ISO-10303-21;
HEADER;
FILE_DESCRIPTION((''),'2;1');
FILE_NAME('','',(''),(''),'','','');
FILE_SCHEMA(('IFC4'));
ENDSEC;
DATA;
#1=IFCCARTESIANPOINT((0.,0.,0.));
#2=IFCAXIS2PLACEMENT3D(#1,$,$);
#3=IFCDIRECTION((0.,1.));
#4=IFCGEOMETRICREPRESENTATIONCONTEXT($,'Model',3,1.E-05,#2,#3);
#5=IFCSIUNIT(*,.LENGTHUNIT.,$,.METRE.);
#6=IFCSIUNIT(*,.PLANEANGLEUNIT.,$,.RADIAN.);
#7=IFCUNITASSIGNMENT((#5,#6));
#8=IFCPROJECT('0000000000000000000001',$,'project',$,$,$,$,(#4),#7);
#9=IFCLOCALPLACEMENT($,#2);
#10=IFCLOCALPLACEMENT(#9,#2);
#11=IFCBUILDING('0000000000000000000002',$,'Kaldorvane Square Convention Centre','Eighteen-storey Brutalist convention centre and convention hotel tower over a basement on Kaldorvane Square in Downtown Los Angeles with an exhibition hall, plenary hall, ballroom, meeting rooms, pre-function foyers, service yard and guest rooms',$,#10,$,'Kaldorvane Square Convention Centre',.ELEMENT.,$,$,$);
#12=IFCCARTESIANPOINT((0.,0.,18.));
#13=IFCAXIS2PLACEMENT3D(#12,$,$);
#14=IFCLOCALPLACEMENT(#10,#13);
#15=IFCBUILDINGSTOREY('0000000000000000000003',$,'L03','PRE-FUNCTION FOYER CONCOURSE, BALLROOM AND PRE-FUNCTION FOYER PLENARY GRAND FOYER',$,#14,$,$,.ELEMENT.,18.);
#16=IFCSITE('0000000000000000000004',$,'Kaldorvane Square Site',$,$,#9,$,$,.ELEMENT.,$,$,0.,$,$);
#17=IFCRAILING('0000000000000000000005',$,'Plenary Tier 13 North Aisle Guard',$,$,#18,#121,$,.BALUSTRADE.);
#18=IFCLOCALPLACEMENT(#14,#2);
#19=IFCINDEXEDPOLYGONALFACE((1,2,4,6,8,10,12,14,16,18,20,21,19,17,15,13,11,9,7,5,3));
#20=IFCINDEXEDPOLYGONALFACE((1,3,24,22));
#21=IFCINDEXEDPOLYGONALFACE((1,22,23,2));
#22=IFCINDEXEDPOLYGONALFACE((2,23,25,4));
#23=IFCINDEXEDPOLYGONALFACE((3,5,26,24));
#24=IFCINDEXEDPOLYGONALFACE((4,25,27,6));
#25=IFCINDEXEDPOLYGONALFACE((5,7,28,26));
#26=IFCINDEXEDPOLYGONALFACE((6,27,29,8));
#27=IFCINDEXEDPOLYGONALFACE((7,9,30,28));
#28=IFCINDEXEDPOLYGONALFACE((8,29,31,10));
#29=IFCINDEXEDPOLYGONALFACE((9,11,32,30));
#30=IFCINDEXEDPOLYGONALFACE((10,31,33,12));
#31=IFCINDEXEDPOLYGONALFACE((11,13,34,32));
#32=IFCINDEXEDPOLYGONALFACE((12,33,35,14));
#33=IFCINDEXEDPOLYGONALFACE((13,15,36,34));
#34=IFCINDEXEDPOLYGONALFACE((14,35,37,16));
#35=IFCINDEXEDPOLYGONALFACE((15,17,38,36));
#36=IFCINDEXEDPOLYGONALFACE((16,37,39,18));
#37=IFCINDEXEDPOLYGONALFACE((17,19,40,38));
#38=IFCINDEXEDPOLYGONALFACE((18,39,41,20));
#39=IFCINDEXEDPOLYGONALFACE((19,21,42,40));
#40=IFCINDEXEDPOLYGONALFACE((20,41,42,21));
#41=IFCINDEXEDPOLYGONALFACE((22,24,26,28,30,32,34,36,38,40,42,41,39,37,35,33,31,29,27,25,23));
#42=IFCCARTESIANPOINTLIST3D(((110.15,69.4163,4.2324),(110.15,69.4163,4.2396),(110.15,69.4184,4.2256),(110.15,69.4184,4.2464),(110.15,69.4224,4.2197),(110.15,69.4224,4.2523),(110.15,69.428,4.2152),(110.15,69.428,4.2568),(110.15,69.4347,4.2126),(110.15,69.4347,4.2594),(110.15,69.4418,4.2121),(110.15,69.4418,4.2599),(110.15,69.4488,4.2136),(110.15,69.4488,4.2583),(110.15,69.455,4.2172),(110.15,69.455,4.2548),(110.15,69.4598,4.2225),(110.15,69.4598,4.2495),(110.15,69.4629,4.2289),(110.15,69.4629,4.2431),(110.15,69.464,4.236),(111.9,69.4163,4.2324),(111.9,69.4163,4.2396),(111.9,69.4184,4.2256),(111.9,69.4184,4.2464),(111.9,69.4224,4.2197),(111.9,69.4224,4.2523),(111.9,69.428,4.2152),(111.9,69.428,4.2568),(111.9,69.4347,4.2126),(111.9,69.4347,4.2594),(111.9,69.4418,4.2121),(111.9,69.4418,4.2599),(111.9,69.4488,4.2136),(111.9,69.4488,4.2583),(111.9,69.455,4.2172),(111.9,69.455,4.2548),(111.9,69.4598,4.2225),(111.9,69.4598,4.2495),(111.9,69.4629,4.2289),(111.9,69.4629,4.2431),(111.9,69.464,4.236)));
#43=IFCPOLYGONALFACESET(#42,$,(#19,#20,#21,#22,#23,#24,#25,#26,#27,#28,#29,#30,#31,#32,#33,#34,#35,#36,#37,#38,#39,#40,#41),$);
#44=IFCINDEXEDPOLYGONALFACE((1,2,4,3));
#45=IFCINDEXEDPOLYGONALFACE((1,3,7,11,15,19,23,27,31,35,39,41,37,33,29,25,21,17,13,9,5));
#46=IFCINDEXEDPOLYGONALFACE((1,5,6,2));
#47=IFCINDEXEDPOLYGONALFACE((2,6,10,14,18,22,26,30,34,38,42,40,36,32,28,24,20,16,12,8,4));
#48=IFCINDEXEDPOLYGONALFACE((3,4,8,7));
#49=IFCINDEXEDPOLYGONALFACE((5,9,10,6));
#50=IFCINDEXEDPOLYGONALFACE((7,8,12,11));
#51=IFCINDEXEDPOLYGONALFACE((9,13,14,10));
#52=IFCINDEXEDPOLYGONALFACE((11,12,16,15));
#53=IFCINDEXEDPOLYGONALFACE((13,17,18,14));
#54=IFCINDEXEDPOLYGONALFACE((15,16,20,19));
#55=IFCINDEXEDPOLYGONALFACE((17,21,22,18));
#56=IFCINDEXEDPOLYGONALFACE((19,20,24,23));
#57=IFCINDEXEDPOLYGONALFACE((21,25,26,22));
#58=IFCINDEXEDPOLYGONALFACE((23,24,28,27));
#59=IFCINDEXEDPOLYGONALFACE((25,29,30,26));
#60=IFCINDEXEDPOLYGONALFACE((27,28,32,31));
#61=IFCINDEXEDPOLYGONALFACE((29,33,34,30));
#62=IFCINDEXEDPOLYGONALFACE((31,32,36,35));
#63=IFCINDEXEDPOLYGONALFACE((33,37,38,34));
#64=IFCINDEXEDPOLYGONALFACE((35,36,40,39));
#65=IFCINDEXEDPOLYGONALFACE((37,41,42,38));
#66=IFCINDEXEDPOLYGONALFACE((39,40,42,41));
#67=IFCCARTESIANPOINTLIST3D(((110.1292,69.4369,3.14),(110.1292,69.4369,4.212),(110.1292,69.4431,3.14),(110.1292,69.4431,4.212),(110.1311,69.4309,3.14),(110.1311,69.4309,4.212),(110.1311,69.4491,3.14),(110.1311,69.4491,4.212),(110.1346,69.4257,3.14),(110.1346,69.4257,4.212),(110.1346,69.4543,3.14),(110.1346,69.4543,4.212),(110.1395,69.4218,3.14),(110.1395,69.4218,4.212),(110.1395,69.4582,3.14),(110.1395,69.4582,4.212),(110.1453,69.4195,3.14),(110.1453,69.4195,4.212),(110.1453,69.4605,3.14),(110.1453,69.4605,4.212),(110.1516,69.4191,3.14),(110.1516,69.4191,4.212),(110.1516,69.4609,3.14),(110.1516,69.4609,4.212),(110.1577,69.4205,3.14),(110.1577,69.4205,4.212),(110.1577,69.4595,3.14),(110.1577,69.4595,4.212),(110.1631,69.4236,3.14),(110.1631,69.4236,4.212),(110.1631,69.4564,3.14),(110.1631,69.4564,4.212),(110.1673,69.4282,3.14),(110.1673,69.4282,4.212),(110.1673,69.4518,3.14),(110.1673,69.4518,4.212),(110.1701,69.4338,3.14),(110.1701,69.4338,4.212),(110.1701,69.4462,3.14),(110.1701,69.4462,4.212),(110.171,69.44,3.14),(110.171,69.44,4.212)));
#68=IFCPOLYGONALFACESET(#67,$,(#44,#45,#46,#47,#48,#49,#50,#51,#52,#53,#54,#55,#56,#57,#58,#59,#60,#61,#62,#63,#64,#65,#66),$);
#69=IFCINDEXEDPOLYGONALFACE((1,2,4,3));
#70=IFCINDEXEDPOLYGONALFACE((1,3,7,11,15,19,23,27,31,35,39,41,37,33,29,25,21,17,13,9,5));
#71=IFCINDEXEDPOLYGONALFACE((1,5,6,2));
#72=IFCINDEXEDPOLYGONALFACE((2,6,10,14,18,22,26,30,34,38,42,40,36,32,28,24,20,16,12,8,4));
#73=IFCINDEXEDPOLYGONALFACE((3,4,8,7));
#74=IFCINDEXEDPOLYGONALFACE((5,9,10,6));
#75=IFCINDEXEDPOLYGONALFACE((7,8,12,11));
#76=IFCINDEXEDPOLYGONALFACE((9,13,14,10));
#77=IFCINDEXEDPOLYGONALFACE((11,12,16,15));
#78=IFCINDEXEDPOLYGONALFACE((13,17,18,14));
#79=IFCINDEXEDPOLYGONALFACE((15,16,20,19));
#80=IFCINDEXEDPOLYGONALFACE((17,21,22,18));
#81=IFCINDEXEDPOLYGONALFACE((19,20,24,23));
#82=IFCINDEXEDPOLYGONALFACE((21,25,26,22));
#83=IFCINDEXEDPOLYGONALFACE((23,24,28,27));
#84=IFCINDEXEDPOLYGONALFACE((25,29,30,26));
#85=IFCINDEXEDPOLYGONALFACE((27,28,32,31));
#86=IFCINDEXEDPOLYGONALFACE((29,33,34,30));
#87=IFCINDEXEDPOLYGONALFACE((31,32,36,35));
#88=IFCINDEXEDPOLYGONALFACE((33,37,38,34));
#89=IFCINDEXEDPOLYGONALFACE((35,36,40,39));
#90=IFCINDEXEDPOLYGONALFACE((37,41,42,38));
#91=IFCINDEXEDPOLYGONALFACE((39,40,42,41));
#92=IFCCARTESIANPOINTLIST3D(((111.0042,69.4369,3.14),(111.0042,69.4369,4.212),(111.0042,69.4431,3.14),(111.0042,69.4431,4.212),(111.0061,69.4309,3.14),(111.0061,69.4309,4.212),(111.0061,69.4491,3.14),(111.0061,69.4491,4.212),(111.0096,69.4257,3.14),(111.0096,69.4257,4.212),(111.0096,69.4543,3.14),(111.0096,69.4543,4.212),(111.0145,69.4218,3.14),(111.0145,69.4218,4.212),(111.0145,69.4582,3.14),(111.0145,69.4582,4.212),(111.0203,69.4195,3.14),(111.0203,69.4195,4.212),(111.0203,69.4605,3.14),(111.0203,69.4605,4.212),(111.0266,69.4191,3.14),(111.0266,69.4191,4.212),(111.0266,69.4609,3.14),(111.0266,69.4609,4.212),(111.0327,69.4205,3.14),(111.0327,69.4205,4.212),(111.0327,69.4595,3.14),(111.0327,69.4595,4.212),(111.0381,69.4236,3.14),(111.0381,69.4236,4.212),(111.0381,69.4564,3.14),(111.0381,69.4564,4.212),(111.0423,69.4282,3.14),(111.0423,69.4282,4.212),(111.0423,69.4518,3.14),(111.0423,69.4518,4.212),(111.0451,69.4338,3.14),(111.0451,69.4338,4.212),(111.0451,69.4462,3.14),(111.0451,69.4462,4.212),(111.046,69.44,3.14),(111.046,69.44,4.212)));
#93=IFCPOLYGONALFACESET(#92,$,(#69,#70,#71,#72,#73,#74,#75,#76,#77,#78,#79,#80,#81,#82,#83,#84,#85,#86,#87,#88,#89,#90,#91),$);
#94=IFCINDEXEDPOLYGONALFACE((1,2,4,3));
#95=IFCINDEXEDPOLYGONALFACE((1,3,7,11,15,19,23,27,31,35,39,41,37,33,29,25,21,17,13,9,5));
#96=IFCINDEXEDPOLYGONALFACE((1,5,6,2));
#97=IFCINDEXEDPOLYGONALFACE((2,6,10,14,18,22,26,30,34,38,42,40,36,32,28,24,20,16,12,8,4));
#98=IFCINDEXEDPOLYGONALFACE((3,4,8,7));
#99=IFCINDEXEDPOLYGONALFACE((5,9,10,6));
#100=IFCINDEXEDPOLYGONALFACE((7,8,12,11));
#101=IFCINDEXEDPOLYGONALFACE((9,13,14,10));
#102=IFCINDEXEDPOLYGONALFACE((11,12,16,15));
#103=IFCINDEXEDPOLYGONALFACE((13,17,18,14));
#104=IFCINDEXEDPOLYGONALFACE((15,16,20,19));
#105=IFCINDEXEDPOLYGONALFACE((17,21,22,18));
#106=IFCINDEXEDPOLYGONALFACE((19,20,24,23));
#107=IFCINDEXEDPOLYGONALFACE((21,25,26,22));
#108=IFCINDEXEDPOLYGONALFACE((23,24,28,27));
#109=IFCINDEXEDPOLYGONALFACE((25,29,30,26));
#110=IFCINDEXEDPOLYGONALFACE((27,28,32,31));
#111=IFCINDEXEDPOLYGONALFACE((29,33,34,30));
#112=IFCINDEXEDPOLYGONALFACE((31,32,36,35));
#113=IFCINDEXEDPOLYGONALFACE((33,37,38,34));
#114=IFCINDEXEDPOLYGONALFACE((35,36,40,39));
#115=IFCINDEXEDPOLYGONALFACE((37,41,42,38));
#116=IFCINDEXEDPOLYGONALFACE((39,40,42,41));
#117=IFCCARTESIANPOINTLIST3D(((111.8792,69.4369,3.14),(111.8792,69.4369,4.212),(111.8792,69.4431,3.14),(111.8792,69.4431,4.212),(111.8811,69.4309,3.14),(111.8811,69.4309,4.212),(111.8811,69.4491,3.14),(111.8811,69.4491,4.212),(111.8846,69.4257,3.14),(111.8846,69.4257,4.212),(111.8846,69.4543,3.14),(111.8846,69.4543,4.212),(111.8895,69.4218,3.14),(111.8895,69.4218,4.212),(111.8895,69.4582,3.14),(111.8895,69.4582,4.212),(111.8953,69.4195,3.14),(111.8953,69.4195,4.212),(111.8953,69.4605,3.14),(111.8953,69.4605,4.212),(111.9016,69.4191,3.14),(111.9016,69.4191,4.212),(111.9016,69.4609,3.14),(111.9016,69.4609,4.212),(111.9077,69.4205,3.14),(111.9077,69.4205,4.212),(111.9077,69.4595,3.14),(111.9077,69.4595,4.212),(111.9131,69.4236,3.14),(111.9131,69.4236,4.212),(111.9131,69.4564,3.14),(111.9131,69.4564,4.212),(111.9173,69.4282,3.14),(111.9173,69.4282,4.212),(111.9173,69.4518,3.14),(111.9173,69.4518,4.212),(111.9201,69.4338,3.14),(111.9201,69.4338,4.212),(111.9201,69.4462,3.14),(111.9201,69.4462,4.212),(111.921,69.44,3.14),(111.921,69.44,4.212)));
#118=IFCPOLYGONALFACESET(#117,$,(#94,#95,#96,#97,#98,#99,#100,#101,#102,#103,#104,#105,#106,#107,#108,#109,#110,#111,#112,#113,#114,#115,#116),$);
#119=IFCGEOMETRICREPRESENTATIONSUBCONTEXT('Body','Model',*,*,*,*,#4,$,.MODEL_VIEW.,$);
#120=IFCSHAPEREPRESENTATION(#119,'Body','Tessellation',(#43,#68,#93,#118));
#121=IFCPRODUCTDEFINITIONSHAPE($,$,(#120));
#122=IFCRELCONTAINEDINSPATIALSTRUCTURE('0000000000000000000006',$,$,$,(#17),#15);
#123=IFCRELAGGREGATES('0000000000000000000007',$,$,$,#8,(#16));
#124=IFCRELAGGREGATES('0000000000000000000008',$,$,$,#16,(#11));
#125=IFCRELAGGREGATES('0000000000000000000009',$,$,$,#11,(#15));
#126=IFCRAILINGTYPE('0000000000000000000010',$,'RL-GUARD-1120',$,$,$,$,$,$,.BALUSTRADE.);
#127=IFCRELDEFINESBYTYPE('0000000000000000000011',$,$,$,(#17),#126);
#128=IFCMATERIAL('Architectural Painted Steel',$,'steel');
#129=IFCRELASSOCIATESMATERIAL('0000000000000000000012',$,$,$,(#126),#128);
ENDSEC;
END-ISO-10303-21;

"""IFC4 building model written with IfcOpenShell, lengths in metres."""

from ifc_helpers import new_model, si_unit, direction, frame, origin, origin_2d, place, context, subcontext, project, spatial, circle, extrude, material, type_object, element, save


model = new_model("IFC4")

# Units and contexts
model_context = context("Model", 3, precision=1e-05, world=origin(), true_north=direction((0.0, 1.0)))
body_context = subcontext(model_context, "Body", "Model", "MODEL_VIEW")
ifc_project = project(units=[si_unit("LENGTHUNIT", "METRE"), si_unit("PLANEANGLEUNIT", "RADIAN")], contexts=[model_context])

# Site, building, storey
site_placement = place(None, origin())
site = spatial("IfcSite", under=ifc_project, at=site_placement, Name="Kaldorvane Square Site", CompositionType="ELEMENT", RefElevation=0.0)
building_placement = place(site_placement, origin())
building = spatial("IfcBuilding", under=site, at=building_placement, Name="Kaldorvane Square Convention Centre", Description="Eighteen-storey Brutalist convention centre and convention hotel tower over a basement on Kaldorvane Square in Downtown Los Angeles with an exhibition hall, plenary hall, ballroom, meeting rooms, pre-function foyers, service yard and guest rooms", LongName="Kaldorvane Square Convention Centre", CompositionType="ELEMENT")
storey_placement = place(building_placement, frame((0.0, 0.0, 18.0)))
storey = spatial("IfcBuildingStorey", under=building, at=storey_placement, Name="L03", Description="PRE-FUNCTION FOYER CONCOURSE, BALLROOM AND PRE-FUNCTION FOYER PLENARY GRAND FOYER", CompositionType="ELEMENT", Elevation=18.0)

# Railing
ifc_material_1 = material(Name="Architectural Painted Steel", Category="steel")
railing_type_1 = type_object("IfcRailingType", Name="RL-GUARD-1120", PredefinedType="BALUSTRADE", material=ifc_material_1)
for number, where, name in (
    (1, (110.15, 69.44, 3.14), "Plenary Tier 13 North Aisle Guard"),
):
    element("IfcRailing", number, at=place(storey_placement, frame(where)), inside=storey, type_object=railing_type_1, Name=name, PredefinedType="BALUSTRADE", context=body_context, shape_type="SweptSolid", body=[
        extrude(circle(Radius=0.024, at=origin_2d()), frame((0.0, 0.0, 1.096), z_axis=(1.0, 0.0, 0.0), x_axis=(0.0, 1.0, 0.0)), (0.0, 0.0, 1.0), 1.75),
        extrude(circle(Radius=0.021, at=origin_2d()), origin(), (0.0, 0.0, 1.0), 1.072),
        extrude(circle(Radius=0.021, at=origin_2d()), frame((0.875, 0.0, 0.0)), (0.0, 0.0, 1.0), 1.072),
        extrude(circle(Radius=0.021, at=origin_2d()), frame((1.75, 0.0, 0.0)), (0.0, 0.0, 1.0), 1.072),
    ])

save(model, "model.ifc")
